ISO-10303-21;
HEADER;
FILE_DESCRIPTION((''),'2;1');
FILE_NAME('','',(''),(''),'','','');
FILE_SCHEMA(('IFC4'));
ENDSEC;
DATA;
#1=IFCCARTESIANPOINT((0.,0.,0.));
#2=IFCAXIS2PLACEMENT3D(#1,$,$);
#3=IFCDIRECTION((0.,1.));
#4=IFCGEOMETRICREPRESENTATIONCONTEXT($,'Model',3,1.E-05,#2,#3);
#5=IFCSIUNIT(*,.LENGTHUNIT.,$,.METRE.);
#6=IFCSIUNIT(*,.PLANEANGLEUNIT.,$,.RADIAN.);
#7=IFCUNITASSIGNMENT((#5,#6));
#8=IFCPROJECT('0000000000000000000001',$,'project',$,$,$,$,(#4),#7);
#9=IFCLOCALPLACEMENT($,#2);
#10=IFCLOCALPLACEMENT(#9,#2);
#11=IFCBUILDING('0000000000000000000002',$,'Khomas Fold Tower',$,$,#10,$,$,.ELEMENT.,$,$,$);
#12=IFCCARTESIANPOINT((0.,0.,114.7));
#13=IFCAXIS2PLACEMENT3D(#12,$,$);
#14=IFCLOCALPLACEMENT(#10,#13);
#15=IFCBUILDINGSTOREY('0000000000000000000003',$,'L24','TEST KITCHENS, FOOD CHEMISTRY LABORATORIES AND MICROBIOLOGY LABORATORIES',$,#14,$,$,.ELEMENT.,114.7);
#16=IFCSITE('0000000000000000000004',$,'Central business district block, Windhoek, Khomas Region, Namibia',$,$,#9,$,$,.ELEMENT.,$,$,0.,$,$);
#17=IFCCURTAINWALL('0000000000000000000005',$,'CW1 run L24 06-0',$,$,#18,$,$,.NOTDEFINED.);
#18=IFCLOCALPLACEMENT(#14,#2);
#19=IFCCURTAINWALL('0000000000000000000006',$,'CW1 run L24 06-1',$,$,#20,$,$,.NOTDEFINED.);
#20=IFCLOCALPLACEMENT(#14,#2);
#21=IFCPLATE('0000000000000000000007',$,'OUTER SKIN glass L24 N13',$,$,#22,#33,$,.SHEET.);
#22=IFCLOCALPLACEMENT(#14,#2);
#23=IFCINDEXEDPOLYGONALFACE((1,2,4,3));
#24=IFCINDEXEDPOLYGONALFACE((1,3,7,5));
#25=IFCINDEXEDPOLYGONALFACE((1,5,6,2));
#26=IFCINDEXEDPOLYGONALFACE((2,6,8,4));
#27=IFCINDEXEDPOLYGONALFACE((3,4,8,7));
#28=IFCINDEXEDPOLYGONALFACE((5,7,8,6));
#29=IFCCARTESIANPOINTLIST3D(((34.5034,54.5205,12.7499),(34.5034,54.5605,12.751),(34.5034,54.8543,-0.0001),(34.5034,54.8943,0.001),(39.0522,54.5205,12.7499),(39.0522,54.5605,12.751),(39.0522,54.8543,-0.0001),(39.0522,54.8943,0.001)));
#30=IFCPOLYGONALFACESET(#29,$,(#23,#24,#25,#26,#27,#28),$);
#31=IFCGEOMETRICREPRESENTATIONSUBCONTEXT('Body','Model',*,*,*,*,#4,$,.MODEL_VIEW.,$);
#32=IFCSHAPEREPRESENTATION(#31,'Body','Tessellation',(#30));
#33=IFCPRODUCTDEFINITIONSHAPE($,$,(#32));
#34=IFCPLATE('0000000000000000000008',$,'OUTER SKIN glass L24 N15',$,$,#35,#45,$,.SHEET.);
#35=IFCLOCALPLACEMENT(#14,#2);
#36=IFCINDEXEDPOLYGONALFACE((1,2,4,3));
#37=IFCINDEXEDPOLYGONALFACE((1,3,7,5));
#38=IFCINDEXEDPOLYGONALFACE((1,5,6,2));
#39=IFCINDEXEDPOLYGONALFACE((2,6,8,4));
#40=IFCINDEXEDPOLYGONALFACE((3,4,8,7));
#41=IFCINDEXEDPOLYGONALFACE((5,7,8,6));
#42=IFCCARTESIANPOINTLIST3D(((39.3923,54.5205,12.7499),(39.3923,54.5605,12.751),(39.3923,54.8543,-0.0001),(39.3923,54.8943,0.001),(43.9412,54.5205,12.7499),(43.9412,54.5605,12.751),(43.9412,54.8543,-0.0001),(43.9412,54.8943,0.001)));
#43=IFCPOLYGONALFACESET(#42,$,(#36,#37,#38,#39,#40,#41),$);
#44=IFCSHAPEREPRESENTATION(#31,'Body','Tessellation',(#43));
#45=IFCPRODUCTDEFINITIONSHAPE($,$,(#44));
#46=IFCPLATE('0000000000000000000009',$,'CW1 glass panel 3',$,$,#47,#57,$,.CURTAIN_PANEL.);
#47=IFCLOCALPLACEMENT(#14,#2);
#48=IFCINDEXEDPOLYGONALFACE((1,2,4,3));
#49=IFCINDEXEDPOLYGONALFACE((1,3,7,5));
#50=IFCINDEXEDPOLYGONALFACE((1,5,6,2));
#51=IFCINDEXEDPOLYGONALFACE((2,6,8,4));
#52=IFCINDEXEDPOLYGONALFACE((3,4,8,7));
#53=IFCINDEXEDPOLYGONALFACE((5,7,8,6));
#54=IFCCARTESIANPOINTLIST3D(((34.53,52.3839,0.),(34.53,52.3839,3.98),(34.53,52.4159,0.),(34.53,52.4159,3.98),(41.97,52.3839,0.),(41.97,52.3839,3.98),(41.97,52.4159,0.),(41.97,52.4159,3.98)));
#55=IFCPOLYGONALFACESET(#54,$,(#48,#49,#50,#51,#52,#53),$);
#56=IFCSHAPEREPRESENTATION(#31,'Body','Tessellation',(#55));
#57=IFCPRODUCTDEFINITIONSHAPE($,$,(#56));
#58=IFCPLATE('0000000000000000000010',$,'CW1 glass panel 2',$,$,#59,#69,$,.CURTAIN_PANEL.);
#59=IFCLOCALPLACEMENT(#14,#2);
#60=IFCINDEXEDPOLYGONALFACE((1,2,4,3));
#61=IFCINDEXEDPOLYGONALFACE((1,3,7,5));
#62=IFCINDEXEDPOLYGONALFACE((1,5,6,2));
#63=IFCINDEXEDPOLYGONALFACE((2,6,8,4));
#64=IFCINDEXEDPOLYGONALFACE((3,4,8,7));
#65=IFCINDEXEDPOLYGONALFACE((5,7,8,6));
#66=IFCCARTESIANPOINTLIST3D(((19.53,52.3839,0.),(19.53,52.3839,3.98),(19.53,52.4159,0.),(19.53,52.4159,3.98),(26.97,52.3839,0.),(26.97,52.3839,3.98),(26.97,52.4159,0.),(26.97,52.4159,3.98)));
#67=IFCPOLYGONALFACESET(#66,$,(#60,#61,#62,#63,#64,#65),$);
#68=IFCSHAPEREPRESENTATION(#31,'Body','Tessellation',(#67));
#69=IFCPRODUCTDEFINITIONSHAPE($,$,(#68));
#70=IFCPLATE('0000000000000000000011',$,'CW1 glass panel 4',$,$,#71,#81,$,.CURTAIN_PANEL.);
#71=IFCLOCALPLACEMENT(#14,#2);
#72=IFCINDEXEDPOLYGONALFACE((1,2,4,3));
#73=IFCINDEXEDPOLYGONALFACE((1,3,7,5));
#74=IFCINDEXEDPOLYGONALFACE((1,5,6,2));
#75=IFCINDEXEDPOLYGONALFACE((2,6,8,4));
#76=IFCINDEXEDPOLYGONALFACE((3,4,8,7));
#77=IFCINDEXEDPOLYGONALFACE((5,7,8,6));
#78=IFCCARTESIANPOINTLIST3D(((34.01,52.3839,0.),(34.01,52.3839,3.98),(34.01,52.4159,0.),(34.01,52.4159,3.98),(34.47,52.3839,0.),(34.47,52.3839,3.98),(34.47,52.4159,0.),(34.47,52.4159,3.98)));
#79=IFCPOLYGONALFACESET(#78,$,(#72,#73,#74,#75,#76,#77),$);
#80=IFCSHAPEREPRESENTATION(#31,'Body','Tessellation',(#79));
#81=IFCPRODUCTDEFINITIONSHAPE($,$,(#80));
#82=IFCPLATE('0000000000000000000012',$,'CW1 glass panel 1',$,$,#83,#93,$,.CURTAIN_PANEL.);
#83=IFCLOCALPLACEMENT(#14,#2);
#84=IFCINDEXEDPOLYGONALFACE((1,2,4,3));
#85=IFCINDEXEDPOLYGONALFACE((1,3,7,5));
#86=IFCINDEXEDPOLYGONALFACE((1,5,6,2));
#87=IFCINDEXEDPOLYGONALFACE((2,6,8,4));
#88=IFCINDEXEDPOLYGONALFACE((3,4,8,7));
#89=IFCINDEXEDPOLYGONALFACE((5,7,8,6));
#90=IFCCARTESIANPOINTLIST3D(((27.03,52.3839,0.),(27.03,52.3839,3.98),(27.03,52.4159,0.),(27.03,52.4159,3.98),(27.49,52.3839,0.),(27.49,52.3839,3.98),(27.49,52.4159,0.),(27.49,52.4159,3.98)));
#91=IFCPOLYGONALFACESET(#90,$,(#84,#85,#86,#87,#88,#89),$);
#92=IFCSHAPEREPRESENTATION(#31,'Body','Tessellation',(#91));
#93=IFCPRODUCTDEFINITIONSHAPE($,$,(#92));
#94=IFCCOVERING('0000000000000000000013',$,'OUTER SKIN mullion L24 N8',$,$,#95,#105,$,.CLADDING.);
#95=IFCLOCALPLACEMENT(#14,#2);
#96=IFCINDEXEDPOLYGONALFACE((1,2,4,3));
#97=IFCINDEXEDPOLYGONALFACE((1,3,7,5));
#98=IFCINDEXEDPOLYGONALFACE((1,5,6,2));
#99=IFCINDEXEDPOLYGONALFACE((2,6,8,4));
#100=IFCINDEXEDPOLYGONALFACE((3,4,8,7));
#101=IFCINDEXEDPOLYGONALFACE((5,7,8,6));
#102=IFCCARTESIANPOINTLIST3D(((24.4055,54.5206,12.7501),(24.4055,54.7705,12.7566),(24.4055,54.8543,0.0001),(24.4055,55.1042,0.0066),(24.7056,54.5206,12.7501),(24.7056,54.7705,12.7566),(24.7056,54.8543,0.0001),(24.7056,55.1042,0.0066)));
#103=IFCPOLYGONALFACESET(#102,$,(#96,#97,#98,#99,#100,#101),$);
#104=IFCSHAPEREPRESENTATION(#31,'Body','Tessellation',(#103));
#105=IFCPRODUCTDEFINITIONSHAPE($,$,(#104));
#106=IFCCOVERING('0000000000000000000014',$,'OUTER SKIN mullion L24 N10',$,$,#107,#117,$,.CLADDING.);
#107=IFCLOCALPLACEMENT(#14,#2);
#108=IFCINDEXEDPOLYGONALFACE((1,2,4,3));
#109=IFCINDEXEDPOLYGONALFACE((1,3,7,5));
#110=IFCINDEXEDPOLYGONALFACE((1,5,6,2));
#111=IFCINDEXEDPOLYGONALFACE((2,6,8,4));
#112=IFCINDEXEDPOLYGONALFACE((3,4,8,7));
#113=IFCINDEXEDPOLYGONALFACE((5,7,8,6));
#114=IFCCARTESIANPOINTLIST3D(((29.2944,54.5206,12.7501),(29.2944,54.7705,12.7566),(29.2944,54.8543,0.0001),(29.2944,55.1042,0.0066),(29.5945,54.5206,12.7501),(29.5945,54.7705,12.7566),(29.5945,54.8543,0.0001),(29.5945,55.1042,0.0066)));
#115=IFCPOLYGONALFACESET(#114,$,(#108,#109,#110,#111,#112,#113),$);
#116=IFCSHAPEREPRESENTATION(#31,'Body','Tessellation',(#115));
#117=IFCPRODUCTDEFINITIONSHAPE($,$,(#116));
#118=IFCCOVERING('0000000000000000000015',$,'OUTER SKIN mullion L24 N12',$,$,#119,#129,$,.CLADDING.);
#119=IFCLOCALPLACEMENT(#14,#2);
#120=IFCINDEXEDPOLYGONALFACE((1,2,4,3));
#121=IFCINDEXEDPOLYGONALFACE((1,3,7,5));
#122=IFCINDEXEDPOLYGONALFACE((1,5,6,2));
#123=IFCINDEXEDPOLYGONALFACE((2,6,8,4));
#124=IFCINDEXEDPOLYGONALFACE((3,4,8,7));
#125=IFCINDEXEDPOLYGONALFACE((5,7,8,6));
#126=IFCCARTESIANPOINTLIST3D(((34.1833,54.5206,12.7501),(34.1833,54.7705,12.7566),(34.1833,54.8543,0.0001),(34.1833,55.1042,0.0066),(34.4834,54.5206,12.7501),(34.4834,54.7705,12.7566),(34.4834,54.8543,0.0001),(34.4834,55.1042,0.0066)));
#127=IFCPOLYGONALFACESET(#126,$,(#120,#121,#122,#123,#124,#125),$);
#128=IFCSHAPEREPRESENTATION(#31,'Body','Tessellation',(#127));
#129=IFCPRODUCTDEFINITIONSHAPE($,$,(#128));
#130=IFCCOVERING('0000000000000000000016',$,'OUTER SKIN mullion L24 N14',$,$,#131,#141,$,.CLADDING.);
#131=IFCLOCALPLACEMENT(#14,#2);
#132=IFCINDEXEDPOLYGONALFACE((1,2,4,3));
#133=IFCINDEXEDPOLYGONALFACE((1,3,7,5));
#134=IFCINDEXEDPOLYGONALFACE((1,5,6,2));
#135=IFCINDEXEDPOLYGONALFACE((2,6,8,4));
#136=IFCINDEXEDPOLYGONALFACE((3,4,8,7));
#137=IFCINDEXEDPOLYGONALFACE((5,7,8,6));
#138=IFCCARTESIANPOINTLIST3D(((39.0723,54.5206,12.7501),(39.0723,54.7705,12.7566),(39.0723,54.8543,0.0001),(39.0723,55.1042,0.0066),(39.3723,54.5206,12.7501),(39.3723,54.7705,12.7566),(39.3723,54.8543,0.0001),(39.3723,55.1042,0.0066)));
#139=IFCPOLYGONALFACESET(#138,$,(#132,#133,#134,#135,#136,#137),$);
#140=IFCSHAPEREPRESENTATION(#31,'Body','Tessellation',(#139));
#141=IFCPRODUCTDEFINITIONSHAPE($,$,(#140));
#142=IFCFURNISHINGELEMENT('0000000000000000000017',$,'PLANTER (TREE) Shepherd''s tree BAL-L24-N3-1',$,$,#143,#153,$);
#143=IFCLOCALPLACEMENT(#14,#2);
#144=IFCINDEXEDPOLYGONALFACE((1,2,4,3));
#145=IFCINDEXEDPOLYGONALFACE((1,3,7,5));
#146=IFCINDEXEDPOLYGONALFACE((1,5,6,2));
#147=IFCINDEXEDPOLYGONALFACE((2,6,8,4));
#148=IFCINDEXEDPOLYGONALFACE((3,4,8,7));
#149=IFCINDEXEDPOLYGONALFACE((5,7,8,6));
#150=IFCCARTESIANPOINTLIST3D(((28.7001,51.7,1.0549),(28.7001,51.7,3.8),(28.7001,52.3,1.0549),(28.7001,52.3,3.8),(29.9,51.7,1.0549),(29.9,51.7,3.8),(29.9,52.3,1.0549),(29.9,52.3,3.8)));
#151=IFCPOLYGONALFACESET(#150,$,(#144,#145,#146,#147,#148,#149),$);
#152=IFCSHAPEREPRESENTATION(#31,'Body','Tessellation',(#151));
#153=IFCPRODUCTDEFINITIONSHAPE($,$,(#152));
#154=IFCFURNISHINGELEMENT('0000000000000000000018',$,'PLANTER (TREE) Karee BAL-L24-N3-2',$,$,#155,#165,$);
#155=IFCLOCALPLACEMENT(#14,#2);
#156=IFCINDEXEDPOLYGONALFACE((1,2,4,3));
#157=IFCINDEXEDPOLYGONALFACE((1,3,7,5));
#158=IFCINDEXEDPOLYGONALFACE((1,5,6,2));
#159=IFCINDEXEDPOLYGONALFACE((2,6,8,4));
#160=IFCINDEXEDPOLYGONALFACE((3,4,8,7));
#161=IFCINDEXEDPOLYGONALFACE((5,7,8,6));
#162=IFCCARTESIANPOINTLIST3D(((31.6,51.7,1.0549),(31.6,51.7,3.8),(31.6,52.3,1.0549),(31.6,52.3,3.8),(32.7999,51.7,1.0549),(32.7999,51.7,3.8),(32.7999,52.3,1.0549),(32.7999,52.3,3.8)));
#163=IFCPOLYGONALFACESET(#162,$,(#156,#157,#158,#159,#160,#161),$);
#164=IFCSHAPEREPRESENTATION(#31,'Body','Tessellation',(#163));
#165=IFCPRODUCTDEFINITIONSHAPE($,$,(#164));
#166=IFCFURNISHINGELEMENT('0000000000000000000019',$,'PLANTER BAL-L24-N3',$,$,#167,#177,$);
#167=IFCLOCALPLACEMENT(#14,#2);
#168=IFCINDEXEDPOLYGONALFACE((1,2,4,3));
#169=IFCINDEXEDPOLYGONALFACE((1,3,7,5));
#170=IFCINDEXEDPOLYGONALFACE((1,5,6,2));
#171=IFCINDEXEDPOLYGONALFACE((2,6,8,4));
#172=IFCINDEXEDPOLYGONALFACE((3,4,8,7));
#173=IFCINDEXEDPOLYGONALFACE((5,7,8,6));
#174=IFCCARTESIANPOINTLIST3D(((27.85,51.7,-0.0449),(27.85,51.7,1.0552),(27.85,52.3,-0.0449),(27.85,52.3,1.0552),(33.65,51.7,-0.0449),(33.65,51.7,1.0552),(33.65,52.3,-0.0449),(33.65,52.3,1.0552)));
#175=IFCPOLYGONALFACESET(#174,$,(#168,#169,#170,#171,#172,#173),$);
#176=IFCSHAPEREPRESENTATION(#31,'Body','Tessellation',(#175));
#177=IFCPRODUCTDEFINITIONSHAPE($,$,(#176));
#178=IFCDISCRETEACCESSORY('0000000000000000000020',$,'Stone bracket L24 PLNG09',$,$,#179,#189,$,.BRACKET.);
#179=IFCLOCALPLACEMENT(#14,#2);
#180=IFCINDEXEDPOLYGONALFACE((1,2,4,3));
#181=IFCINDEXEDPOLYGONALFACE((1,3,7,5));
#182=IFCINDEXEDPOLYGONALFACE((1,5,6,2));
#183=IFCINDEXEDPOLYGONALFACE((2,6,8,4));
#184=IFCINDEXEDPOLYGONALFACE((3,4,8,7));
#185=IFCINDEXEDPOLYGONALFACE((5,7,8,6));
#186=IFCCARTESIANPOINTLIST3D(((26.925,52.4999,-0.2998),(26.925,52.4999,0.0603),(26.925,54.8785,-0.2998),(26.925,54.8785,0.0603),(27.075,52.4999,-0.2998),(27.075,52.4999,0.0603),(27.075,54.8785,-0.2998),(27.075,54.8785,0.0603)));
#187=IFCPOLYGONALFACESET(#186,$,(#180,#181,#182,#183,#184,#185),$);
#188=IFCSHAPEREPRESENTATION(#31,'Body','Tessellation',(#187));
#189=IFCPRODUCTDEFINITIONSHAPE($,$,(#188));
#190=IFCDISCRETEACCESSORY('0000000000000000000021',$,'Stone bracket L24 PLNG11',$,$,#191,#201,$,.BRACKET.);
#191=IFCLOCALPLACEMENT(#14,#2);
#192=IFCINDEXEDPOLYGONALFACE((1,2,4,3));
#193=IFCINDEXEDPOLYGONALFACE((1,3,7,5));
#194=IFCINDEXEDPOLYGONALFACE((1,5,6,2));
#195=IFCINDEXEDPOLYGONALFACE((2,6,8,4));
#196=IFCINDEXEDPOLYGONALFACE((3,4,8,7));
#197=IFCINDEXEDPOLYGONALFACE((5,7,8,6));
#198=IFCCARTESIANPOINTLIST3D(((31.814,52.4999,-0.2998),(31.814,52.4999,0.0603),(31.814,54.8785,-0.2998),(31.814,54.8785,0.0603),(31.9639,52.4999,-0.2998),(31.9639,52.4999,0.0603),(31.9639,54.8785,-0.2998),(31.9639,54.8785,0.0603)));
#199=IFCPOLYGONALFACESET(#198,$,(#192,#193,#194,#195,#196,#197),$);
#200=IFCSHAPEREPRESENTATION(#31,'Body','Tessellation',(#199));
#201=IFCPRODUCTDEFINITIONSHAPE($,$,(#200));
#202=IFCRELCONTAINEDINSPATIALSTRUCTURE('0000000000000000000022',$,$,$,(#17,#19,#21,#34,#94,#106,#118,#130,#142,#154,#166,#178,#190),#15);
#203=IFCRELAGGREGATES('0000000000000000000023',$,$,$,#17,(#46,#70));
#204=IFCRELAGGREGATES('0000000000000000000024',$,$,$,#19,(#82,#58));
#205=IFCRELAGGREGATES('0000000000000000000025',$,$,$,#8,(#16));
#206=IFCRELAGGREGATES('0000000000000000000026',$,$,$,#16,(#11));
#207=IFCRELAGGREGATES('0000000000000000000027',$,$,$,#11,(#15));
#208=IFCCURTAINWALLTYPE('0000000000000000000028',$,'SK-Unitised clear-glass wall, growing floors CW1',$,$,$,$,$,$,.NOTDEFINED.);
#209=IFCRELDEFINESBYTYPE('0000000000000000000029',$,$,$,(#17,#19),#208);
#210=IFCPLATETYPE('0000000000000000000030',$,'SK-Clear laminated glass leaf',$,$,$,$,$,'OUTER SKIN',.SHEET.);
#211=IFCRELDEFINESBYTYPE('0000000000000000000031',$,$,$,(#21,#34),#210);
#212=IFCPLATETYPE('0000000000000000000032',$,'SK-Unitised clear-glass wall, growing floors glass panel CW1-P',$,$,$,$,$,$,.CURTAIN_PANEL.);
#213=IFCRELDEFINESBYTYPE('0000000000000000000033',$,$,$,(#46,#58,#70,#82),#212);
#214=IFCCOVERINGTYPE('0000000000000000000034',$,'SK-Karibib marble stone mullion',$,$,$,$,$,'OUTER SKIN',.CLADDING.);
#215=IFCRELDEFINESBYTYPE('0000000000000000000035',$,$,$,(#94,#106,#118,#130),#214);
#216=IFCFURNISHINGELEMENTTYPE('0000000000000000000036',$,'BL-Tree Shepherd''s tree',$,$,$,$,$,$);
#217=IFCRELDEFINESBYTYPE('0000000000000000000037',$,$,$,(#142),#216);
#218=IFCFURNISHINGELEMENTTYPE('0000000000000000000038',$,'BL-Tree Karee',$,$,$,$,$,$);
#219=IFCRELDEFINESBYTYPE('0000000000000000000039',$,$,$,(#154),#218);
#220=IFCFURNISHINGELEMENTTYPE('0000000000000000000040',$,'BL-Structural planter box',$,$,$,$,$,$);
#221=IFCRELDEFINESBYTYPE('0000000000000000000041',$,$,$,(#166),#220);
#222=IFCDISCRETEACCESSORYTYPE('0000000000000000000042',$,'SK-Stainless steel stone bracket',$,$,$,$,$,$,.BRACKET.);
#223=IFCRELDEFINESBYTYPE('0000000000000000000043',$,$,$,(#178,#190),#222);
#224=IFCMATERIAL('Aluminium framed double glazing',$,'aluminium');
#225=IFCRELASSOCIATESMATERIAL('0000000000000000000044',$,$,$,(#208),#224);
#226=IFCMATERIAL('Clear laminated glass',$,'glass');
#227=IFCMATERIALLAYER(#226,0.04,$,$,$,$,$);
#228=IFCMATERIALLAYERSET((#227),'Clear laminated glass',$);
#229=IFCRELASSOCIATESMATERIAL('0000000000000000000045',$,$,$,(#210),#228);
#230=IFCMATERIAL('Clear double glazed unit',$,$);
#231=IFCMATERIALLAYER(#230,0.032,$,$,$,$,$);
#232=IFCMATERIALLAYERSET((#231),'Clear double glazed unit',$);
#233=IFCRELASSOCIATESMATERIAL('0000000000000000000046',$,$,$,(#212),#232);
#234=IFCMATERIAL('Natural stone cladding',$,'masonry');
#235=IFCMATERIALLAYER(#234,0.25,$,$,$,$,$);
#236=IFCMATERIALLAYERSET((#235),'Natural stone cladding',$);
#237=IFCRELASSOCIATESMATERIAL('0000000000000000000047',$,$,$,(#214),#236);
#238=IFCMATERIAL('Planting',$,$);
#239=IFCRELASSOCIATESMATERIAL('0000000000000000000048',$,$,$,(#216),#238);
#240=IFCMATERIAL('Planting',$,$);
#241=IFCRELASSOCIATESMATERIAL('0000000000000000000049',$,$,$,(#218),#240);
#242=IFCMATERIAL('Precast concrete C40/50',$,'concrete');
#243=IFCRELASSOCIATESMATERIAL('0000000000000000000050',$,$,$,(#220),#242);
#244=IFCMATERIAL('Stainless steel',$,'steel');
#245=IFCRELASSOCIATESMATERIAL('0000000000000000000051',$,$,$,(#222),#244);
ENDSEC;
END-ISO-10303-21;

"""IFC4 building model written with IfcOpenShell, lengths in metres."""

from ifc_helpers import new_model, si_unit, direction, frame, origin, origin_2d, place, context, subcontext, project, spatial, polyline, rectangle, outline, extrude, source, transform, mapped, material, layer, layer_set, type_object, element, aggregate, save


model = new_model("IFC4")

# Units and contexts
model_context = context("Model", 3, precision=1e-05, world=origin(), true_north=direction((0.0, 1.0)))
body_context = subcontext(model_context, "Body", "Model", "MODEL_VIEW")
ifc_project = project(units=[si_unit("LENGTHUNIT", "METRE"), si_unit("PLANEANGLEUNIT", "RADIAN")], contexts=[model_context])

# Site, building, storey
site_placement = place(None, origin())
site = spatial("IfcSite", under=ifc_project, at=site_placement, Name="Central business district block, Windhoek, Khomas Region, Namibia", CompositionType="ELEMENT", RefElevation=0.0)
building_placement = place(site_placement, origin())
building = spatial("IfcBuilding", under=site, at=building_placement, Name="Khomas Fold Tower", CompositionType="ELEMENT")
storey_placement = place(building_placement, frame((0.0, 0.0, 114.7)))
storey = spatial("IfcBuildingStorey", under=building, at=storey_placement, Name="L24", Description="TEST KITCHENS, FOOD CHEMISTRY LABORATORIES AND MICROBIOLOGY LABORATORIES", CompositionType="ELEMENT", Elevation=114.7)

# Curtain walls
ifc_material_1 = material(Name="Aluminium framed double glazing", Category="aluminium")
curtain_wall_type = type_object("IfcCurtainWallType", Name="SK-Unitised clear-glass wall, growing floors CW1", PredefinedType="NOTDEFINED", material=ifc_material_1)
curtain_wall_1_placement = place(storey_placement, origin())
curtain_wall_1 = element("IfcCurtainWall", 1, at=curtain_wall_1_placement, inside=storey, type_object=curtain_wall_type, Name="CW1 run L24 06-0", PredefinedType="NOTDEFINED")
curtain_wall_2_placement = place(storey_placement, origin())
curtain_wall_2 = element("IfcCurtainWall", 2, at=curtain_wall_2_placement, inside=storey, type_object=curtain_wall_type, Name="CW1 run L24 06-1", PredefinedType="NOTDEFINED")

# Plates
ifc_material_2 = material(Name="Clear laminated glass", Category="glass")
ifc_layer_1 = layer(ifc_material_2, 0.04)
ifc_layer_set_1 = layer_set([ifc_layer_1], Name="Clear laminated glass")
plate_type_1 = type_object("IfcPlateType", Name="SK-Clear laminated glass leaf", ElementType="OUTER SKIN", PredefinedType="SHEET", material=ifc_layer_set_1)
for number, where, z_axis, x_axis, name in (
    (3, (34.5034, 54.8943, 0.001), (0.0, 0.999658, 0.026167), (1.0, 0.0, 0.0), "OUTER SKIN glass L24 N13"),
    (4, (39.3923, 54.8943, 0.001), (0.0, 0.999658, 0.026167), (1.0, 0.0, 0.0), "OUTER SKIN glass L24 N15"),
):
    element("IfcPlate", number, at=place(storey_placement, frame(where, z_axis=z_axis, x_axis=x_axis)), inside=storey, type_object=plate_type_1, Name=name, PredefinedType="SHEET", context=body_context, shape_type="SweptSolid", body=[
        extrude(outline(polyline([(0.0, 0.0), (4.5488, 0.0), (4.5488, -12.7544), (0.0, -12.7544), (0.0, 0.0)])), origin(), (0.0, 0.0, -1.0), 0.04),
    ])

# Plates
ifc_material_3 = material(Name="Clear double glazed unit")
ifc_layer_2 = layer(ifc_material_3, 0.032)
ifc_layer_set_2 = layer_set([ifc_layer_2], Name="Clear double glazed unit")
plate_type_2 = type_object("IfcPlateType", Name="SK-Unitised clear-glass wall, growing floors glass panel CW1-P", PredefinedType="CURTAIN_PANEL", material=ifc_layer_set_2)
shared_shape_1 = source(origin(), body_context, "Body", "SweptSolid", [
    extrude(rectangle(XDim=7.4399, YDim=0.032, at=origin_2d()), origin(), (0.0, 0.0, 1.0), 3.98),
])
plate_1_placement = place(storey_placement, frame((38.25, 52.3999, 0.0), z_axis=(0.0, 0.0, 1.0), x_axis=(-1.0, 0.0, 0.0)))
plate_1 = element("IfcPlate", 5, at=plate_1_placement, type_object=plate_type_2, Name="CW1 glass panel 3", PredefinedType="CURTAIN_PANEL", context=body_context, shape_type="MappedRepresentation", body=[
    mapped(shared_shape_1, transform((0.0, 0.0, 0.0))),
])
plate_2_placement = place(storey_placement, frame((23.25, 52.3999, 0.0), z_axis=(0.0, 0.0, 1.0), x_axis=(-1.0, 0.0, 0.0)))
plate_2 = element("IfcPlate", 6, at=plate_2_placement, type_object=plate_type_2, Name="CW1 glass panel 2", PredefinedType="CURTAIN_PANEL", context=body_context, shape_type="MappedRepresentation", body=[
    mapped(shared_shape_1, transform((0.0, 0.0, 0.0))),
])
shared_shape_2 = source(origin(), body_context, "Body", "SweptSolid", [
    extrude(rectangle(XDim=0.46, YDim=0.032, at=origin_2d()), origin(), (0.0, 0.0, 1.0), 3.98),
])
plate_3_placement = place(storey_placement, frame((34.24, 52.3999, 0.0), z_axis=(0.0, 0.0, 1.0), x_axis=(-1.0, 0.0, 0.0)))
plate_3 = element("IfcPlate", 7, at=plate_3_placement, type_object=plate_type_2, Name="CW1 glass panel 4", PredefinedType="CURTAIN_PANEL", context=body_context, shape_type="MappedRepresentation", body=[
    mapped(shared_shape_2, transform((0.0, 0.0, 0.0))),
])
aggregate(curtain_wall_1, [plate_1, plate_3])
plate_4_placement = place(storey_placement, frame((27.26, 52.3999, 0.0), z_axis=(0.0, 0.0, 1.0), x_axis=(-1.0, 0.0, 0.0)))
plate_4 = element("IfcPlate", 8, at=plate_4_placement, type_object=plate_type_2, Name="CW1 glass panel 1", PredefinedType="CURTAIN_PANEL", context=body_context, shape_type="MappedRepresentation", body=[
    mapped(shared_shape_2, transform((0.0, 0.0, 0.0))),
])
aggregate(curtain_wall_2, [plate_4, plate_2])

# Coverings
ifc_material_4 = material(Name="Natural stone cladding", Category="masonry")
ifc_layer_3 = layer(ifc_material_4, 0.25)
ifc_layer_set_3 = layer_set([ifc_layer_3], Name="Natural stone cladding")
covering_type = type_object("IfcCoveringType", Name="SK-Karibib marble stone mullion", ElementType="OUTER SKIN", PredefinedType="CLADDING", material=ifc_layer_set_3)
for number, where, z_axis, x_axis, name in (
    (9, (24.4055, 55.1042, 0.0066), (0.0, 0.999658, 0.026167), (1.0, 0.0, 0.0), "OUTER SKIN mullion L24 N8"),
    (10, (29.2944, 55.1042, 0.0066), (0.0, 0.999658, 0.026167), (1.0, 0.0, 0.0), "OUTER SKIN mullion L24 N10"),
    (11, (34.1833, 55.1042, 0.0066), (0.0, 0.999658, 0.026167), (1.0, 0.0, 0.0), "OUTER SKIN mullion L24 N12"),
    (12, (39.0723, 55.1042, 0.0066), (0.0, 0.999658, 0.026167), (1.0, 0.0, 0.0), "OUTER SKIN mullion L24 N14"),
):
    element("IfcCovering", number, at=place(storey_placement, frame(where, z_axis=z_axis, x_axis=x_axis)), inside=storey, type_object=covering_type, Name=name, PredefinedType="CLADDING", context=body_context, shape_type="SweptSolid", body=[
        extrude(outline(polyline([(0.0, 0.0), (0.3, 0.0), (0.3, -12.7544), (0.0, -12.7544), (0.0, 0.0)])), origin(), (0.0, 0.0, -1.0), 0.25),
    ])

# Furnishing elements
ifc_material_5 = material(Name="Planting")
furnishing_element_type_1 = type_object("IfcFurnishingElementType", Name="BL-Tree Shepherd's tree", material=ifc_material_5)
shared_shape_3 = source(origin(), body_context, "Body", "SweptSolid", [
    extrude(rectangle(XDim=1.2, YDim=0.6001, at=origin_2d()), origin(), (0.0, 0.0, 1.0), 2.7451),
])
furnishing_1_placement = place(storey_placement, frame((29.3, 52.0, 1.0549), z_axis=(0.0, 0.0, 1.0), x_axis=(1.0, 0.0, 0.0)))
element("IfcFurnishingElement", 13, at=furnishing_1_placement, inside=storey, type_object=furnishing_element_type_1, Name="PLANTER (TREE) Shepherd's tree BAL-L24-N3-1", context=body_context, shape_type="MappedRepresentation", body=[
    mapped(shared_shape_3, transform((0.0, 0.0, 0.0))),
])
ifc_material_6 = material(Name="Planting")
furnishing_element_type_2 = type_object("IfcFurnishingElementType", Name="BL-Tree Karee", material=ifc_material_6)
furnishing_2_placement = place(storey_placement, frame((32.2, 52.0, 1.0549), z_axis=(0.0, 0.0, 1.0), x_axis=(1.0, 0.0, 0.0)))
element("IfcFurnishingElement", 14, at=furnishing_2_placement, inside=storey, type_object=furnishing_element_type_2, Name="PLANTER (TREE) Karee BAL-L24-N3-2", context=body_context, shape_type="MappedRepresentation", body=[
    mapped(shared_shape_3, transform((0.0, 0.0, 0.0))),
])
ifc_material_7 = material(Name="Precast concrete C40/50", Category="concrete")
furnishing_element_type_3 = type_object("IfcFurnishingElementType", Name="BL-Structural planter box", material=ifc_material_7)
shared_shape_4 = source(origin(), body_context, "Body", "SweptSolid", [
    extrude(rectangle(XDim=5.8, YDim=0.6001, at=origin_2d()), origin(), (0.0, 0.0, 1.0), 1.1001),
])
furnishing_3_placement = place(storey_placement, frame((30.75, 52.0, -0.0449), z_axis=(0.0, 0.0, 1.0), x_axis=(1.0, 0.0, 0.0)))
element("IfcFurnishingElement", 15, at=furnishing_3_placement, inside=storey, type_object=furnishing_element_type_3, Name="PLANTER BAL-L24-N3", context=body_context, shape_type="MappedRepresentation", body=[
    mapped(shared_shape_4, transform((0.0, 0.0, 0.0))),
])

# Discrete accessories
ifc_material_8 = material(Name="Stainless steel", Category="steel")
discrete_accessory_type = type_object("IfcDiscreteAccessoryType", Name="SK-Stainless steel stone bracket", PredefinedType="BRACKET", material=ifc_material_8)
shared_shape_5 = source(origin(), body_context, "Body", "SweptSolid", [
    extrude(rectangle(XDim=2.3787, YDim=0.1499, at=origin_2d()), origin(), (0.0, 0.0, 1.0), 0.3601),
])
for number, where, z_axis, x_axis, name in (
    (16, (27.0, 53.6892, -0.2998), (0.0, 0.0, 1.0), (0.0, 1.0, 0.0), "Stone bracket L24 PLNG09"),
    (17, (31.8889, 53.6892, -0.2998), (0.0, 0.0, 1.0), (0.0, 1.0, 0.0), "Stone bracket L24 PLNG11"),
):
    element("IfcDiscreteAccessory", number, at=place(storey_placement, frame(where, z_axis=z_axis, x_axis=x_axis)), inside=storey, type_object=discrete_accessory_type, Name=name, PredefinedType="BRACKET", context=body_context, shape_type="MappedRepresentation", body=[
        mapped(shared_shape_5, transform((0.0, 0.0, 0.0))),
    ])

save(model, "model.ifc")
